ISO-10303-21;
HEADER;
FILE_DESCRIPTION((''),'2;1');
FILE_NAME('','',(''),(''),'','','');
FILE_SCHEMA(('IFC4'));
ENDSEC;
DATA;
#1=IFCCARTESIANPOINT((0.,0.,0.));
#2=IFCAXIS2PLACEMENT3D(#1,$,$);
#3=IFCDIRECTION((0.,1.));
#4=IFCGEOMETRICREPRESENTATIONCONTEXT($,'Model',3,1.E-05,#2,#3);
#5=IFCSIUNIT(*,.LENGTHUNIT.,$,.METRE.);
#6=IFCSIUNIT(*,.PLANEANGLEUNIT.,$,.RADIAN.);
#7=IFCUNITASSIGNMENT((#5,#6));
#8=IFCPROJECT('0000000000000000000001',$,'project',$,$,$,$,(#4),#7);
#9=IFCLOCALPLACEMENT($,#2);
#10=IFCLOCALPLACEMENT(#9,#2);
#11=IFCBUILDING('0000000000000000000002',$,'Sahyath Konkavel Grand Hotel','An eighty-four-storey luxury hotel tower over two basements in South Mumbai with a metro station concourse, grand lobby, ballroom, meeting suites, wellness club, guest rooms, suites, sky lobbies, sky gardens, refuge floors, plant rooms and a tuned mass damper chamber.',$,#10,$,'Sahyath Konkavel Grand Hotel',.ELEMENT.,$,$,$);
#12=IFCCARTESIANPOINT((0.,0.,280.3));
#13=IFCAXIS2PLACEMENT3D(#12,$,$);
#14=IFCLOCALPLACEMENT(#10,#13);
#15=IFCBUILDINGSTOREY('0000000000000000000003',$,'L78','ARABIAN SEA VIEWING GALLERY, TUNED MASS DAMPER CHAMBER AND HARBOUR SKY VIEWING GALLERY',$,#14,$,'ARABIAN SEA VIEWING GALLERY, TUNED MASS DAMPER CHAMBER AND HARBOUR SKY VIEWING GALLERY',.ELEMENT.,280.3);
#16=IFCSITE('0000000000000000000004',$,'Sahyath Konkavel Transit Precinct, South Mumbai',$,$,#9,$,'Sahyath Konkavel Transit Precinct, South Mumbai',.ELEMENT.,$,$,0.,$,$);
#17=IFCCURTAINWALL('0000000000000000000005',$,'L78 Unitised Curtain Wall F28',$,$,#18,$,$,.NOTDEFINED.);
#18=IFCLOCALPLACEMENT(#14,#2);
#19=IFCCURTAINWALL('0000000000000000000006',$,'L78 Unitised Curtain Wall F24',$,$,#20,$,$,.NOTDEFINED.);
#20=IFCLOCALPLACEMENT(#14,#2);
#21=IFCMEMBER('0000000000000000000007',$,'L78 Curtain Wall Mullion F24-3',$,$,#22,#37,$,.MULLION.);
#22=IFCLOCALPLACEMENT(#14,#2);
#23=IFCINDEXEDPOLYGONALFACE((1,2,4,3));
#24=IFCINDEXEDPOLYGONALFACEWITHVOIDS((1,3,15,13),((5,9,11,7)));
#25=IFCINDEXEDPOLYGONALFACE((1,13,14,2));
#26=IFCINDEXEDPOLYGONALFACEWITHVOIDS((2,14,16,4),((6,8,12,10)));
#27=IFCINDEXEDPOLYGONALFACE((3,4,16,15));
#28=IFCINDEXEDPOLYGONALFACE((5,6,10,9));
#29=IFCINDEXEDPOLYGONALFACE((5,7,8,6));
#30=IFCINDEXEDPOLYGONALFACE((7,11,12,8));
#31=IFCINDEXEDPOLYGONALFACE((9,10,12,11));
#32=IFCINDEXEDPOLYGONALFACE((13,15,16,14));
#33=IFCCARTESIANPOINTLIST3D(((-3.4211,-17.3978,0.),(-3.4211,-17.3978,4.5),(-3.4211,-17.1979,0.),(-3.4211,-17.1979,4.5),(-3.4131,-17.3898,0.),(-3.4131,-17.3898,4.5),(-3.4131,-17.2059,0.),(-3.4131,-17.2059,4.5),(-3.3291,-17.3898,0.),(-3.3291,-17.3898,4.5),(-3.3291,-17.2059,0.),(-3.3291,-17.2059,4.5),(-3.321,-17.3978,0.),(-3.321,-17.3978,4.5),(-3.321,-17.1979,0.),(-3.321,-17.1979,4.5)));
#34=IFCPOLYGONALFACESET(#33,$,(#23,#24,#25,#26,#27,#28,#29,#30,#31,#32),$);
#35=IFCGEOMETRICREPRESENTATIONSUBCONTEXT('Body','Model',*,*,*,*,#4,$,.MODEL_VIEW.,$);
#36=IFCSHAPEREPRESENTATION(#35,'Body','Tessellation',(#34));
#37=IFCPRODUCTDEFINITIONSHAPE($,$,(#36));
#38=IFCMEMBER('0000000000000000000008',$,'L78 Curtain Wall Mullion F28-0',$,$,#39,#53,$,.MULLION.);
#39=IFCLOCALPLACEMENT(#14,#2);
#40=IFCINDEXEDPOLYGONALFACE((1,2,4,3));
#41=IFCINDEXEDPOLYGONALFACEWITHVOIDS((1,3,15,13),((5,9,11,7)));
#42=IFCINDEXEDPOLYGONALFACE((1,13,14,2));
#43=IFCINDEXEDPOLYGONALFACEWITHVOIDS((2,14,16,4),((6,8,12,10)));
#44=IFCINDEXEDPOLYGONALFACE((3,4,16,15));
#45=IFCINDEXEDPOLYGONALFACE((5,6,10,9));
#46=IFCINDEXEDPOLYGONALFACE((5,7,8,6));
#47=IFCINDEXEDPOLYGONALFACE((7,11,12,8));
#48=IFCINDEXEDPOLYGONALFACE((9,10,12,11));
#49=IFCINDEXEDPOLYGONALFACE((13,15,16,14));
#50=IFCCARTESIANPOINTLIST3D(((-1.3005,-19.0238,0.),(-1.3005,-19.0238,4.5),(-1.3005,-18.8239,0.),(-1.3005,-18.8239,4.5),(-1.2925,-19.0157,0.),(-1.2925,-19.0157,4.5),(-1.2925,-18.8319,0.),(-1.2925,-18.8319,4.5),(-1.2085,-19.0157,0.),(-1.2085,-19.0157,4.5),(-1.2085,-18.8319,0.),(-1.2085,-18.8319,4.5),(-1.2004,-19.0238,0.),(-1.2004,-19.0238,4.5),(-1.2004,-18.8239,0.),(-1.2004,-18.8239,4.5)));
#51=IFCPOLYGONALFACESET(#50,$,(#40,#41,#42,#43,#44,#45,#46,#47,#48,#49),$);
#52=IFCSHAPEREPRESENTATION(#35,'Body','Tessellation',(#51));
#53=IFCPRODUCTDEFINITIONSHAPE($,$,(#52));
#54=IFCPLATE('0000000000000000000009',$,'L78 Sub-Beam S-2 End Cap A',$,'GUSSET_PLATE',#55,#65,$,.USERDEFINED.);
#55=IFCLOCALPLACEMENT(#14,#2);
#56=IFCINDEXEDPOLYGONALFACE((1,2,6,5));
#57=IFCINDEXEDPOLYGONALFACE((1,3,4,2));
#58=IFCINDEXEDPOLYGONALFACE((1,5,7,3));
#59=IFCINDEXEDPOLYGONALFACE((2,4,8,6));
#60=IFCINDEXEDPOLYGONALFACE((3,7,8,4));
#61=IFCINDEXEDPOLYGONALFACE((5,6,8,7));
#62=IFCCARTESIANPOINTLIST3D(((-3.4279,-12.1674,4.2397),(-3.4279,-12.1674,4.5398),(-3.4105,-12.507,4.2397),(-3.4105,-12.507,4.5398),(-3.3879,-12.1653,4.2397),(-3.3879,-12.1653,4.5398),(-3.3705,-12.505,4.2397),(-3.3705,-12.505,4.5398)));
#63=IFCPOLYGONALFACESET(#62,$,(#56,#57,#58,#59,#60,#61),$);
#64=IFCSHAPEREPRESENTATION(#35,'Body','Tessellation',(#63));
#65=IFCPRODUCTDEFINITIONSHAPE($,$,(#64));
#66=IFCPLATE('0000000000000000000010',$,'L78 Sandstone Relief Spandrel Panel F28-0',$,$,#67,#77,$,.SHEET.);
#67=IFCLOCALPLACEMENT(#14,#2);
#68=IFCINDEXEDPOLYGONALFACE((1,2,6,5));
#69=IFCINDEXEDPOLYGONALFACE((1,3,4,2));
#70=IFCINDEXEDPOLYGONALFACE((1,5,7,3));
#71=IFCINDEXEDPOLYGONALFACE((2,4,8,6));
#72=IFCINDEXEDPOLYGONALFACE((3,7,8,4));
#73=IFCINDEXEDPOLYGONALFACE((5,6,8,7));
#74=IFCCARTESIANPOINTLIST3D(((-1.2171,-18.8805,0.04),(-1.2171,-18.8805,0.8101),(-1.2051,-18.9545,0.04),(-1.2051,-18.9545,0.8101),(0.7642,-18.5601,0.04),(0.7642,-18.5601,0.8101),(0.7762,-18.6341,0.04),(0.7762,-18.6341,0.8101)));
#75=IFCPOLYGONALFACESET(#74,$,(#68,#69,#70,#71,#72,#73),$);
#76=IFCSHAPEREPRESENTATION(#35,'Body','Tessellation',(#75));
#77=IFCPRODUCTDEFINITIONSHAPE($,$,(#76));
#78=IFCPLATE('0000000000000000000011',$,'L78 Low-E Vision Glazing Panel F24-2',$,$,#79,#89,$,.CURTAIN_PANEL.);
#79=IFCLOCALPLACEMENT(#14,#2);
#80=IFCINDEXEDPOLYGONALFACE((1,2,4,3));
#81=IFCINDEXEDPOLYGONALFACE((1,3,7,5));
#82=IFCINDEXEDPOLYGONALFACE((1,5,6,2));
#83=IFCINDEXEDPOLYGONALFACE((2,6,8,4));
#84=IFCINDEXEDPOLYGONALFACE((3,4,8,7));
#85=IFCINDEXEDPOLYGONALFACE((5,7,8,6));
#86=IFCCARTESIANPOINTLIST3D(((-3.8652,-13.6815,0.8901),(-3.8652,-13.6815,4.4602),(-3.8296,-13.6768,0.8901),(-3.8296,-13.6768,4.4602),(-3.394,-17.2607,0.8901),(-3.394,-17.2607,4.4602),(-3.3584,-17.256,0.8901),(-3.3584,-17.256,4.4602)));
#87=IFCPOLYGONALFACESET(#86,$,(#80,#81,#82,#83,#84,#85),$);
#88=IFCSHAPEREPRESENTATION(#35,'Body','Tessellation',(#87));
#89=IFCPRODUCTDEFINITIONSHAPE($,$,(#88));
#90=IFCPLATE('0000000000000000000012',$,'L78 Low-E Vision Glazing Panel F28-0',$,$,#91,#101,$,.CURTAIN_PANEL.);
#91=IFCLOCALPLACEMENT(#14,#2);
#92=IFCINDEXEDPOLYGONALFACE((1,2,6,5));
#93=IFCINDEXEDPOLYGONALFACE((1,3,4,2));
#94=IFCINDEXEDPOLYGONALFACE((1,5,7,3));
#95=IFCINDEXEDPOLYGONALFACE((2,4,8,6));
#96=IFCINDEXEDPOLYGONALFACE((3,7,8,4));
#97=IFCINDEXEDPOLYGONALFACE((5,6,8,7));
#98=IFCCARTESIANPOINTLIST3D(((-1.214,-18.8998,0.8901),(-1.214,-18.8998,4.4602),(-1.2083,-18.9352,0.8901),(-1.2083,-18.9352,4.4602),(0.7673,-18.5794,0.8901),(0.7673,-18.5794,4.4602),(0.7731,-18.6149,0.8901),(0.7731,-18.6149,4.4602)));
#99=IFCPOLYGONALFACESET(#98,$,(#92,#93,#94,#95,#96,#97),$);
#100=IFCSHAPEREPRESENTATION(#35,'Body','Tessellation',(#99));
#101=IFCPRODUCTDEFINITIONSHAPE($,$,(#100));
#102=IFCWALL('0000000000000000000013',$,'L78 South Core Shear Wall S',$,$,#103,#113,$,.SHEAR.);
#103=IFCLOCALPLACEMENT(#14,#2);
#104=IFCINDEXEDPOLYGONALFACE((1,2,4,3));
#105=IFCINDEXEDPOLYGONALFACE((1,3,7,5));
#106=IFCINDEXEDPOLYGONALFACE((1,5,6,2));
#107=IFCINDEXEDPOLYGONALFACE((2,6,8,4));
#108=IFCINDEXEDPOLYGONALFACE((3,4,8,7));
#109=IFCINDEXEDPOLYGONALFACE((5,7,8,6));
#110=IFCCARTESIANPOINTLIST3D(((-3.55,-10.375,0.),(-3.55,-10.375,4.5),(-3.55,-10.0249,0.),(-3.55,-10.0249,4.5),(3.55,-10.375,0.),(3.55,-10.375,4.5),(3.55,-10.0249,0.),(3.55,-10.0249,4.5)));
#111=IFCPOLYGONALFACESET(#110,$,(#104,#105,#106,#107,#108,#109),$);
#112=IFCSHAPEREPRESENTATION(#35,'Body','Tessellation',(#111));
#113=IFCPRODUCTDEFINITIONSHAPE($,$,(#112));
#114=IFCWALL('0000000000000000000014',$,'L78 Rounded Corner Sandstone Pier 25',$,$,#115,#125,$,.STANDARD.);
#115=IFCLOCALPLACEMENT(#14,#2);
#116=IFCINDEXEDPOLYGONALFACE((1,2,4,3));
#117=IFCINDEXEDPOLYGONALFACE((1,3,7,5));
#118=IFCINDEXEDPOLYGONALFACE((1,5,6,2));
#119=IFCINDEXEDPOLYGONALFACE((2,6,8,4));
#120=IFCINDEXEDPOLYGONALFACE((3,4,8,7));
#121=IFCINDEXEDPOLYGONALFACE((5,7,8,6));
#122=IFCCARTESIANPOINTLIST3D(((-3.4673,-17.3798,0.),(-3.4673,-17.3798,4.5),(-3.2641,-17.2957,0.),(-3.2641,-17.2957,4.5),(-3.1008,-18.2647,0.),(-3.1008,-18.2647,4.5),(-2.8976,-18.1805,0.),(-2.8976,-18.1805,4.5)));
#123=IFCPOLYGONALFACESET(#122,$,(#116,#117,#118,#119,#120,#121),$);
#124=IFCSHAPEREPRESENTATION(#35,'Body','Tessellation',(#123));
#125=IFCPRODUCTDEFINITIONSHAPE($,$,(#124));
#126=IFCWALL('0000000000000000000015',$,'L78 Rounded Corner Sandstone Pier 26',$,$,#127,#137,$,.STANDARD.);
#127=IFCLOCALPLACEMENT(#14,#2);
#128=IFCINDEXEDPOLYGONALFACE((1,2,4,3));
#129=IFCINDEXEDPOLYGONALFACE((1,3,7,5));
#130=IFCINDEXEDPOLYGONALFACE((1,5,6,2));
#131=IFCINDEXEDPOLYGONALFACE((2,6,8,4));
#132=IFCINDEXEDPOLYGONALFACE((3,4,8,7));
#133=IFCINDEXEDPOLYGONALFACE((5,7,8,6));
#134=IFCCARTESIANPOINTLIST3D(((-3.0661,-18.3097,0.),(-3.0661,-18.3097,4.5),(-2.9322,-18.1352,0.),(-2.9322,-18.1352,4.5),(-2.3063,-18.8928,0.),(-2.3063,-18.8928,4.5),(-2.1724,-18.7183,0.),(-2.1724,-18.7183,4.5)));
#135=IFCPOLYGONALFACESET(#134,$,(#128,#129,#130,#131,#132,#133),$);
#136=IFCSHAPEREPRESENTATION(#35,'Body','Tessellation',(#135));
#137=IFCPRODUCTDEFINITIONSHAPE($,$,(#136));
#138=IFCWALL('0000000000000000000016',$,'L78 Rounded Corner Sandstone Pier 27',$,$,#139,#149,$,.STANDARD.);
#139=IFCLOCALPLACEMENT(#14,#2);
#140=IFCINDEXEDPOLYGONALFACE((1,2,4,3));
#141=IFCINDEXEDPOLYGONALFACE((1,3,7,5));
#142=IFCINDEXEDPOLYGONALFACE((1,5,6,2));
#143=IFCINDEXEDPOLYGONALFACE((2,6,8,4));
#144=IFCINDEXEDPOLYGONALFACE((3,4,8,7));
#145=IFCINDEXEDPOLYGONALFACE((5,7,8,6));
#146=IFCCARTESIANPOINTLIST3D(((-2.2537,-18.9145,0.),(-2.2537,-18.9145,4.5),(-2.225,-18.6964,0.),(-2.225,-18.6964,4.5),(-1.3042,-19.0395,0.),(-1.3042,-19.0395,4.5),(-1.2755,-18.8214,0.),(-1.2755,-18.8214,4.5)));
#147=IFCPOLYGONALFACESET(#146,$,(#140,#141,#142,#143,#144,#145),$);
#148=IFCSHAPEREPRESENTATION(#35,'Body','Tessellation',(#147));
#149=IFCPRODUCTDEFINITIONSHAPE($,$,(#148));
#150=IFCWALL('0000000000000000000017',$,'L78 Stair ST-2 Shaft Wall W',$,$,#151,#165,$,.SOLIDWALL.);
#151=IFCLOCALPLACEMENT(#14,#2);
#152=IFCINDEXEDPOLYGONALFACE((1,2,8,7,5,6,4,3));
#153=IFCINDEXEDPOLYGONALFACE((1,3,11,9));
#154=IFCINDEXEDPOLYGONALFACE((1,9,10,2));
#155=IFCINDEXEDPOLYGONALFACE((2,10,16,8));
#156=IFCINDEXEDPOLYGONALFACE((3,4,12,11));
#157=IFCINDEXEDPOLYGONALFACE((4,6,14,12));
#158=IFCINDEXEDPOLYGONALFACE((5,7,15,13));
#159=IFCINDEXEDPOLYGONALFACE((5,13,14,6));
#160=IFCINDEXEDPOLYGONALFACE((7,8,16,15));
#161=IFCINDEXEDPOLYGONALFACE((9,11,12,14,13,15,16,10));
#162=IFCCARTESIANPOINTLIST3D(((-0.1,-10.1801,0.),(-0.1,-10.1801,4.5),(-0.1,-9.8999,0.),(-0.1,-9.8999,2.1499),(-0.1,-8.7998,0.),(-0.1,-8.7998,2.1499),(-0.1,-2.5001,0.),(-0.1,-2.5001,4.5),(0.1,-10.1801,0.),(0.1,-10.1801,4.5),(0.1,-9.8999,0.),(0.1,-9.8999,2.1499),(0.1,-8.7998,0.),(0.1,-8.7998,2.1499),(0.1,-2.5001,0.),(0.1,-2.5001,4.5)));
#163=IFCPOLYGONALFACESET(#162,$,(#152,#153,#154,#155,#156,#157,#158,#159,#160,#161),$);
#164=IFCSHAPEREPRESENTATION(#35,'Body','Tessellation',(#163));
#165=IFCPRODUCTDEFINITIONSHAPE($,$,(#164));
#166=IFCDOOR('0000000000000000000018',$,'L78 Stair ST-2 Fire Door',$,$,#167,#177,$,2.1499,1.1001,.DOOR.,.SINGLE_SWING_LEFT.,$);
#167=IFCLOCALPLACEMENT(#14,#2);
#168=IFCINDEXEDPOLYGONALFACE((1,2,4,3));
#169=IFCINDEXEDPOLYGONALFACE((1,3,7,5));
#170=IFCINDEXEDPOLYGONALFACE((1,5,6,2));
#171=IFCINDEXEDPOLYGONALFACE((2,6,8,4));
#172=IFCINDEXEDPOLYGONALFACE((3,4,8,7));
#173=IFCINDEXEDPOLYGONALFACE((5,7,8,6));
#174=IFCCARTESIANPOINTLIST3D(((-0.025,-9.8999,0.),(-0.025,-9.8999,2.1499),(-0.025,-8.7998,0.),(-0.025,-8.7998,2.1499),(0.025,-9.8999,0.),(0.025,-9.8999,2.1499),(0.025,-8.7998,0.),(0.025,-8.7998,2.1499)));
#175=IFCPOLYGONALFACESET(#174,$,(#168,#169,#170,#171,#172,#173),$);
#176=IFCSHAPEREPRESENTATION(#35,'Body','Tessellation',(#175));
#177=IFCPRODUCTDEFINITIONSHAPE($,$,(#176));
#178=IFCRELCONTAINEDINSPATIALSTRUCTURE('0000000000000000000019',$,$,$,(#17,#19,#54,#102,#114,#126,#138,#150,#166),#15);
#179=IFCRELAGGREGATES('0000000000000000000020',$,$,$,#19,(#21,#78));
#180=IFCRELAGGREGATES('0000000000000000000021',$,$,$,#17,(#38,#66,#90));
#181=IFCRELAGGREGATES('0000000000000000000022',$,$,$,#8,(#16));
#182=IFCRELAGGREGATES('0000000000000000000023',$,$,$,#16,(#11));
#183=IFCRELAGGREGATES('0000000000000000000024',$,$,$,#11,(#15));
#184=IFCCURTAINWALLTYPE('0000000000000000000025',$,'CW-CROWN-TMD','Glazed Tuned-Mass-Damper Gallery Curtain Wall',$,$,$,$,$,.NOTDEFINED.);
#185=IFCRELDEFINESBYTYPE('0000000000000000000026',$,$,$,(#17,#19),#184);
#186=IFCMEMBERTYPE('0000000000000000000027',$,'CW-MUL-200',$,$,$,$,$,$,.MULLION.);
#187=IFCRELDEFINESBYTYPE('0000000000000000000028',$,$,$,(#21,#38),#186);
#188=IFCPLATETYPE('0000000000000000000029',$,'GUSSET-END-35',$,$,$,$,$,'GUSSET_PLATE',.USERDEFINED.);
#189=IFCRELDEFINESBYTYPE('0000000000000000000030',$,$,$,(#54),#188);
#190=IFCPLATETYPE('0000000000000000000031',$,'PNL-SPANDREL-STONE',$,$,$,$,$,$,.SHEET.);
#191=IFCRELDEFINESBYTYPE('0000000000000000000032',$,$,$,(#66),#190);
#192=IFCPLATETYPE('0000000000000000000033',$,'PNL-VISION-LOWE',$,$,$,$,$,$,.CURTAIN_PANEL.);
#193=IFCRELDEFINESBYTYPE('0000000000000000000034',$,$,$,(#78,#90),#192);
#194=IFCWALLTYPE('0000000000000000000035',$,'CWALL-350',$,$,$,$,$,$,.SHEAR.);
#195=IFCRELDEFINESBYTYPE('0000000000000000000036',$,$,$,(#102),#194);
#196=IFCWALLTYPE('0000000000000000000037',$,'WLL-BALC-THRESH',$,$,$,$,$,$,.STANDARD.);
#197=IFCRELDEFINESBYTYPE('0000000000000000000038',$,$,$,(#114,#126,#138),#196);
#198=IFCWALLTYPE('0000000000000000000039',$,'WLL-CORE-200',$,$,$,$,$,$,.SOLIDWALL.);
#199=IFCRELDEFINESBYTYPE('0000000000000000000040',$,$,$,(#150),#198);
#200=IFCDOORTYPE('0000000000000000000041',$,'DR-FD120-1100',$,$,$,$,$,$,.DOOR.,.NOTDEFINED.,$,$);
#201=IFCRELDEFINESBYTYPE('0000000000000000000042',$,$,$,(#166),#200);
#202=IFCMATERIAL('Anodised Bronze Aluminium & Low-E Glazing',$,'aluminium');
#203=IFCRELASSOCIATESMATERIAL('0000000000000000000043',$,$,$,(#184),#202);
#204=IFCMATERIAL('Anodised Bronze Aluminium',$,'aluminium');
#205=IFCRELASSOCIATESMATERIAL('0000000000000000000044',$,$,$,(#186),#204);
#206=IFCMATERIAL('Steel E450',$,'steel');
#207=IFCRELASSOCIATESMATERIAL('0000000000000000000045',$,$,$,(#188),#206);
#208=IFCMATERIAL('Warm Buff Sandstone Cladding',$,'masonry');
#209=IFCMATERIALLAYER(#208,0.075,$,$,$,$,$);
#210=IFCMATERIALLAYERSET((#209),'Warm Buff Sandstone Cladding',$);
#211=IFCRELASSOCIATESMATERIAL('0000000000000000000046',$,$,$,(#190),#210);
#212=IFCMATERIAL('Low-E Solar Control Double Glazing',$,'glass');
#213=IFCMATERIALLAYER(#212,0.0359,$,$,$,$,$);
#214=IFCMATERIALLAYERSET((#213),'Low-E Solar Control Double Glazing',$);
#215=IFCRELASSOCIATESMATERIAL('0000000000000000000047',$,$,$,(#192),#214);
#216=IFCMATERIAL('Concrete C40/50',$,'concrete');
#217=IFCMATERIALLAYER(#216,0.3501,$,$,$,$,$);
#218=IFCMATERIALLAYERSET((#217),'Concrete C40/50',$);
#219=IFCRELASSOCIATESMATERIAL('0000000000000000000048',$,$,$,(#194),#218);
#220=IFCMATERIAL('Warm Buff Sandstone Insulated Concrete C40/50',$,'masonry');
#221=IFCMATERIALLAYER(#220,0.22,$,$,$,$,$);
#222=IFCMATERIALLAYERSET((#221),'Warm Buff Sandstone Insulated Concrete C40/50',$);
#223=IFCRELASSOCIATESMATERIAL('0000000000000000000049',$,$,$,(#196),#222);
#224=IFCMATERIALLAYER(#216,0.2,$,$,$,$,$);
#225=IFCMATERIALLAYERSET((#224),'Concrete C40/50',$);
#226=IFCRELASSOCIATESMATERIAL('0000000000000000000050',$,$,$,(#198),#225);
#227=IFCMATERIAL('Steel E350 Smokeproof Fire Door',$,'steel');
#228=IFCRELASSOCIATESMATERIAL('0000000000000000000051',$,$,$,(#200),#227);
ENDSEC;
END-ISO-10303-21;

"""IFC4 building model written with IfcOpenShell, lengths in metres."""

from ifc_helpers import new_model, si_unit, direction, frame, frame_2d, origin, origin_2d, place, context, subcontext, project, spatial, rectangle, hollow_rectangle, extrude, source, transform, mapped, material, layer, layer_set, material_profile, profile_set, type_object, element, fill, aggregate, save


model = new_model("IFC4")

# Units and contexts
model_context = context("Model", 3, precision=1e-05, world=origin(), true_north=direction((0.0, 1.0)))
body_context = subcontext(model_context, "Body", "Model", "MODEL_VIEW")
ifc_project = project(units=[si_unit("LENGTHUNIT", "METRE"), si_unit("PLANEANGLEUNIT", "RADIAN")], contexts=[model_context])

# Site, building, storey
site_placement = place(None, origin())
site = spatial("IfcSite", under=ifc_project, at=site_placement, Name="Sahyath Konkavel Transit Precinct, South Mumbai", LongName="Sahyath Konkavel Transit Precinct, South Mumbai", CompositionType="ELEMENT", RefElevation=0.0)
building_placement = place(site_placement, origin())
building = spatial("IfcBuilding", under=site, at=building_placement, Name="Sahyath Konkavel Grand Hotel", Description="An eighty-four-storey luxury hotel tower over two basements in South Mumbai with a metro station concourse, grand lobby, ballroom, meeting suites, wellness club, guest rooms, suites, sky lobbies, sky gardens, refuge floors, plant rooms and a tuned mass damper chamber.", LongName="Sahyath Konkavel Grand Hotel", CompositionType="ELEMENT")
storey_placement = place(building_placement, frame((0.0, 0.0, 280.3)))
storey = spatial("IfcBuildingStorey", under=building, at=storey_placement, Name="L78", Description="ARABIAN SEA VIEWING GALLERY, TUNED MASS DAMPER CHAMBER AND HARBOUR SKY VIEWING GALLERY", LongName="ARABIAN SEA VIEWING GALLERY, TUNED MASS DAMPER CHAMBER AND HARBOUR SKY VIEWING GALLERY", CompositionType="ELEMENT", Elevation=280.3)

# Shared definitions
ifc_material_1 = material(Name="Concrete C40/50", Category="concrete")

# Curtain walls, member
ifc_material_2 = material(Name="Anodised Bronze Aluminium & Low-E Glazing", Category="aluminium")
curtain_wall_type = type_object("IfcCurtainWallType", Name="CW-CROWN-TMD", Description="Glazed Tuned-Mass-Damper Gallery Curtain Wall", PredefinedType="NOTDEFINED", material=ifc_material_2)
curtain_wall_1_placement = place(storey_placement, origin())
curtain_wall_1 = element("IfcCurtainWall", 1, at=curtain_wall_1_placement, inside=storey, type_object=curtain_wall_type, Name="L78 Unitised Curtain Wall F28", PredefinedType="NOTDEFINED")
ifc_material_3 = material(Name="Anodised Bronze Aluminium", Category="aluminium")
curtain_wall_2_placement = place(storey_placement, origin())
curtain_wall_2 = element("IfcCurtainWall", 2, at=curtain_wall_2_placement, inside=storey, type_object=curtain_wall_type, Name="L78 Unitised Curtain Wall F24", PredefinedType="NOTDEFINED")
ifc_material_profile_1 = material_profile(ifc_material_3, hollow_rectangle(XDim=0.1001, YDim=0.2, WallThickness=0.0081, at=origin_2d()), Name="RHS 200x100x8")
ifc_profile_set_1 = profile_set([ifc_material_profile_1], Name="Anodised Bronze Aluminium")
member_type_1 = type_object("IfcMemberType", Name="CW-MUL-200", PredefinedType="MULLION", material=ifc_profile_set_1)
shared_shape_1 = source(origin(), body_context, "Body", "SweptSolid", [
    extrude(hollow_rectangle(XDim=0.1001, YDim=0.2, WallThickness=0.0081, at=origin_2d()), origin(), (0.0, 0.0, 1.0), 4.5),
])
member_1_placement = place(storey_placement, frame((-3.3711, -17.2979, 0.0), z_axis=(0.0, 0.0, 1.0), x_axis=(1.0, 0.0, 0.0)))
member_1 = element("IfcMember", 3, at=member_1_placement, type_object=member_type_1, Name="L78 Curtain Wall Mullion F24-3", PredefinedType="MULLION", context=body_context, shape_type="MappedRepresentation", body=[
    mapped(shared_shape_1, transform((0.0, 0.0, 0.0), scale=1.0)),
])

# Member
member_2_placement = place(storey_placement, frame((-1.2505, -18.9238, 0.0), z_axis=(0.0, 0.0, 1.0), x_axis=(1.0, 0.0, 0.0)))
member_2 = element("IfcMember", 4, at=member_2_placement, type_object=member_type_1, Name="L78 Curtain Wall Mullion F28-0", PredefinedType="MULLION", context=body_context, shape_type="MappedRepresentation", body=[
    mapped(shared_shape_1, transform((0.0, 0.0, 0.0), scale=1.0)),
])

# Plates
ifc_material_4 = material(Name="Steel E450", Category="steel")
plate_type_1 = type_object("IfcPlateType", Name="GUSSET-END-35", ElementType="GUSSET_PLATE", PredefinedType="USERDEFINED", material=ifc_material_4)
shared_shape_2 = source(origin(), body_context, "Body", "SweptSolid", [
    extrude(rectangle(XDim=0.04, YDim=0.3401, at=origin_2d()), origin(), (0.0, 0.0, 1.0), 0.3),
])
plate_1_placement = place(storey_placement, frame((-3.3992, -12.3362, 4.2397), z_axis=(0.0, 0.0, 1.0), x_axis=(0.998686, 0.051238, 0.0)))
element("IfcPlate", 5, at=plate_1_placement, inside=storey, type_object=plate_type_1, Name="L78 Sub-Beam S-2 End Cap A", ObjectType="GUSSET_PLATE", PredefinedType="USERDEFINED", context=body_context, shape_type="MappedRepresentation", body=[
    mapped(shared_shape_2, transform((0.0, 0.0, 0.0), scale=1.0)),
])
ifc_material_5 = material(Name="Warm Buff Sandstone Cladding", Category="masonry")
ifc_layer_1 = layer(ifc_material_5, 0.075)
ifc_layer_set_1 = layer_set([ifc_layer_1], Name="Warm Buff Sandstone Cladding")
plate_type_2 = type_object("IfcPlateType", Name="PNL-SPANDREL-STONE", PredefinedType="SHEET", material=ifc_layer_set_1)
shared_shape_3 = source(origin(), body_context, "Body", "SweptSolid", [
    extrude(rectangle(XDim=2.0071, YDim=0.075, at=origin_2d()), origin(), (0.0, 0.0, 1.0), 0.77),
])
plate_2_placement = place(storey_placement, frame((-0.2205, -18.7573, 0.04), z_axis=(0.0, 0.0, 1.0), x_axis=(0.987178, 0.159623, 0.0)))
plate_2 = element("IfcPlate", 6, at=plate_2_placement, type_object=plate_type_2, Name="L78 Sandstone Relief Spandrel Panel F28-0", PredefinedType="SHEET", context=body_context, shape_type="MappedRepresentation", body=[
    mapped(shared_shape_3, transform((0.0, 0.0, 0.0), scale=1.0)),
])
ifc_material_6 = material(Name="Low-E Solar Control Double Glazing", Category="glass")
ifc_layer_2 = layer(ifc_material_6, 0.0359)
ifc_layer_set_2 = layer_set([ifc_layer_2], Name="Low-E Solar Control Double Glazing")
plate_type_3 = type_object("IfcPlateType", Name="PNL-VISION-LOWE", PredefinedType="CURTAIN_PANEL", material=ifc_layer_set_2)
shared_shape_4 = source(origin(), body_context, "Body", "SweptSolid", [
    extrude(rectangle(XDim=3.6101, YDim=0.0359, at=origin_2d()), origin(), (0.0, 0.0, 1.0), 3.5701),
])
plate_3_placement = place(storey_placement, frame((-3.6118, -15.4688, 0.8901), z_axis=(0.0, 0.0, 1.0), x_axis=(0.130526, -0.991445, 0.0)))
plate_3 = element("IfcPlate", 7, at=plate_3_placement, type_object=plate_type_3, Name="L78 Low-E Vision Glazing Panel F24-2", PredefinedType="CURTAIN_PANEL", context=body_context, shape_type="MappedRepresentation", body=[
    mapped(shared_shape_4, transform((0.0, 0.0, 0.0), scale=1.0)),
])
aggregate(curtain_wall_2, [member_1, plate_3])
shared_shape_5 = source(origin(), body_context, "Body", "SweptSolid", [
    extrude(rectangle(XDim=2.0071, YDim=0.0359, at=origin_2d()), origin(), (0.0, 0.0, 1.0), 3.5701),
])
plate_4_placement = place(storey_placement, frame((-0.2205, -18.7573, 0.8901), z_axis=(0.0, 0.0, 1.0), x_axis=(0.987178, 0.159623, 0.0)))
plate_4 = element("IfcPlate", 8, at=plate_4_placement, type_object=plate_type_3, Name="L78 Low-E Vision Glazing Panel F28-0", PredefinedType="CURTAIN_PANEL", context=body_context, shape_type="MappedRepresentation", body=[
    mapped(shared_shape_5, transform((0.0, 0.0, 0.0), scale=1.0)),
])
aggregate(curtain_wall_1, [member_2, plate_2, plate_4])

# Walls
ifc_layer_3 = layer(ifc_material_1, 0.3501)
ifc_layer_set_3 = layer_set([ifc_layer_3], Name="Concrete C40/50")
wall_type_1 = type_object("IfcWallType", Name="CWALL-350", PredefinedType="SHEAR", material=ifc_layer_set_3)
wall_1_placement = place(storey_placement, frame((-3.55, -10.2, 0.0), z_axis=(0.0, 0.0, 1.0), x_axis=(1.0, 0.0, 0.0)))
element("IfcWall", 9, at=wall_1_placement, inside=storey, type_object=wall_type_1, Name="L78 South Core Shear Wall S", PredefinedType="SHEAR", context=body_context, shape_type="SweptSolid", body=[
    extrude(rectangle(XDim=7.1001, YDim=0.3501, at=frame_2d((3.55, 0.0))), origin(), (0.0, 0.0, 1.0), 4.5),
])
ifc_material_7 = material(Name="Warm Buff Sandstone Insulated Concrete C40/50", Category="masonry")
ifc_layer_4 = layer(ifc_material_7, 0.22)
ifc_layer_set_4 = layer_set([ifc_layer_4], Name="Warm Buff Sandstone Insulated Concrete C40/50")
wall_type_2 = type_object("IfcWallType", Name="WLL-BALC-THRESH", PredefinedType="STANDARD", material=ifc_layer_set_4)
for number, where, z_axis, x_axis, name in (
    (10, (-3.3657, -17.3376, 0.0), (0.0, 0.0, 1.0), (0.38266, -0.923889, 0.0), "L78 Rounded Corner Sandstone Pier 25"),
    (11, (-2.9993, -18.2224, 0.0), (0.0, 0.0, 1.0), (0.793344, -0.608774, 0.0), "L78 Rounded Corner Sandstone Pier 26"),
    (12, (-2.2395, -18.8054, 0.0), (0.0, 0.0, 1.0), (0.991445, -0.130527, 0.0), "L78 Rounded Corner Sandstone Pier 27"),
):
    element("IfcWall", number, at=place(storey_placement, frame(where, z_axis=z_axis, x_axis=x_axis)), inside=storey, type_object=wall_type_2, Name=name, PredefinedType="STANDARD", context=body_context, shape_type="SweptSolid", body=[
        extrude(rectangle(XDim=0.9578, YDim=0.22, at=frame_2d((0.479, 0.0))), origin(), (0.0, 0.0, 1.0), 4.5),
    ])

# Wall, opening, door
ifc_layer_5 = layer(ifc_material_1, 0.2)
ifc_layer_set_5 = layer_set([ifc_layer_5], Name="Concrete C40/50")
wall_type_3 = type_object("IfcWallType", Name="WLL-CORE-200", PredefinedType="SOLIDWALL", material=ifc_layer_set_5)
wall_2_placement = place(storey_placement, frame((0.0, -10.1799, 0.0), z_axis=(0.0, 0.0, 1.0), x_axis=(0.0, 1.0, 0.0)))
wall_2 = element("IfcWall", 13, at=wall_2_placement, inside=storey, type_object=wall_type_3, Name="L78 Stair ST-2 Shaft Wall W", PredefinedType="SOLIDWALL", context=body_context, shape_type="SweptSolid", body=[
    extrude(rectangle(XDim=7.6799, YDim=0.2, at=frame_2d((3.8398, 0.0))), origin(), (0.0, 0.0, 1.0), 4.5),
])
opening_1_placement = place(wall_2_placement, frame((0.28, 0.0, 0.0)))
opening_1 = element("IfcOpeningElement", 14, at=opening_1_placement, cuts=wall_2, PredefinedType="OPENING", context=body_context, shape_type="SweptSolid", body=[
    extrude(rectangle(XDim=1.1001, YDim=2.1499, at=frame_2d((0.55, 1.075))), frame((0.0, 0.1099, 0.0), z_axis=(0.0, -1.0, 0.0), x_axis=(1.0, 0.0, 0.0)), (0.0, 0.0, 1.0), 0.22),
])
ifc_material_8 = material(Name="Steel E350 Smokeproof Fire Door", Category="steel")
door_type_1 = type_object("IfcDoorType", Name="DR-FD120-1100", OperationType="NOTDEFINED", PredefinedType="DOOR", material=ifc_material_8)
shared_shape_6 = source(origin(), body_context, "Body", "SweptSolid", [
    extrude(rectangle(XDim=1.1001, YDim=0.05, at=origin_2d()), origin(), (0.0, 0.0, 1.0), 2.1499),
])
door_1_placement = place(opening_1_placement, frame((0.55, 0.0, 0.0)))
door_1 = element("IfcDoor", 15, at=door_1_placement, inside=storey, type_object=door_type_1, Name="L78 Stair ST-2 Fire Door", OperationType="SINGLE_SWING_LEFT", OverallHeight=2.1499, OverallWidth=1.1001, PredefinedType="DOOR", context=body_context, shape_type="MappedRepresentation", body=[
    mapped(shared_shape_6, transform((0.0, 0.0, 0.0), scale=1.0)),
])
fill(opening_1, door_1)

save(model, "model.ifc")
